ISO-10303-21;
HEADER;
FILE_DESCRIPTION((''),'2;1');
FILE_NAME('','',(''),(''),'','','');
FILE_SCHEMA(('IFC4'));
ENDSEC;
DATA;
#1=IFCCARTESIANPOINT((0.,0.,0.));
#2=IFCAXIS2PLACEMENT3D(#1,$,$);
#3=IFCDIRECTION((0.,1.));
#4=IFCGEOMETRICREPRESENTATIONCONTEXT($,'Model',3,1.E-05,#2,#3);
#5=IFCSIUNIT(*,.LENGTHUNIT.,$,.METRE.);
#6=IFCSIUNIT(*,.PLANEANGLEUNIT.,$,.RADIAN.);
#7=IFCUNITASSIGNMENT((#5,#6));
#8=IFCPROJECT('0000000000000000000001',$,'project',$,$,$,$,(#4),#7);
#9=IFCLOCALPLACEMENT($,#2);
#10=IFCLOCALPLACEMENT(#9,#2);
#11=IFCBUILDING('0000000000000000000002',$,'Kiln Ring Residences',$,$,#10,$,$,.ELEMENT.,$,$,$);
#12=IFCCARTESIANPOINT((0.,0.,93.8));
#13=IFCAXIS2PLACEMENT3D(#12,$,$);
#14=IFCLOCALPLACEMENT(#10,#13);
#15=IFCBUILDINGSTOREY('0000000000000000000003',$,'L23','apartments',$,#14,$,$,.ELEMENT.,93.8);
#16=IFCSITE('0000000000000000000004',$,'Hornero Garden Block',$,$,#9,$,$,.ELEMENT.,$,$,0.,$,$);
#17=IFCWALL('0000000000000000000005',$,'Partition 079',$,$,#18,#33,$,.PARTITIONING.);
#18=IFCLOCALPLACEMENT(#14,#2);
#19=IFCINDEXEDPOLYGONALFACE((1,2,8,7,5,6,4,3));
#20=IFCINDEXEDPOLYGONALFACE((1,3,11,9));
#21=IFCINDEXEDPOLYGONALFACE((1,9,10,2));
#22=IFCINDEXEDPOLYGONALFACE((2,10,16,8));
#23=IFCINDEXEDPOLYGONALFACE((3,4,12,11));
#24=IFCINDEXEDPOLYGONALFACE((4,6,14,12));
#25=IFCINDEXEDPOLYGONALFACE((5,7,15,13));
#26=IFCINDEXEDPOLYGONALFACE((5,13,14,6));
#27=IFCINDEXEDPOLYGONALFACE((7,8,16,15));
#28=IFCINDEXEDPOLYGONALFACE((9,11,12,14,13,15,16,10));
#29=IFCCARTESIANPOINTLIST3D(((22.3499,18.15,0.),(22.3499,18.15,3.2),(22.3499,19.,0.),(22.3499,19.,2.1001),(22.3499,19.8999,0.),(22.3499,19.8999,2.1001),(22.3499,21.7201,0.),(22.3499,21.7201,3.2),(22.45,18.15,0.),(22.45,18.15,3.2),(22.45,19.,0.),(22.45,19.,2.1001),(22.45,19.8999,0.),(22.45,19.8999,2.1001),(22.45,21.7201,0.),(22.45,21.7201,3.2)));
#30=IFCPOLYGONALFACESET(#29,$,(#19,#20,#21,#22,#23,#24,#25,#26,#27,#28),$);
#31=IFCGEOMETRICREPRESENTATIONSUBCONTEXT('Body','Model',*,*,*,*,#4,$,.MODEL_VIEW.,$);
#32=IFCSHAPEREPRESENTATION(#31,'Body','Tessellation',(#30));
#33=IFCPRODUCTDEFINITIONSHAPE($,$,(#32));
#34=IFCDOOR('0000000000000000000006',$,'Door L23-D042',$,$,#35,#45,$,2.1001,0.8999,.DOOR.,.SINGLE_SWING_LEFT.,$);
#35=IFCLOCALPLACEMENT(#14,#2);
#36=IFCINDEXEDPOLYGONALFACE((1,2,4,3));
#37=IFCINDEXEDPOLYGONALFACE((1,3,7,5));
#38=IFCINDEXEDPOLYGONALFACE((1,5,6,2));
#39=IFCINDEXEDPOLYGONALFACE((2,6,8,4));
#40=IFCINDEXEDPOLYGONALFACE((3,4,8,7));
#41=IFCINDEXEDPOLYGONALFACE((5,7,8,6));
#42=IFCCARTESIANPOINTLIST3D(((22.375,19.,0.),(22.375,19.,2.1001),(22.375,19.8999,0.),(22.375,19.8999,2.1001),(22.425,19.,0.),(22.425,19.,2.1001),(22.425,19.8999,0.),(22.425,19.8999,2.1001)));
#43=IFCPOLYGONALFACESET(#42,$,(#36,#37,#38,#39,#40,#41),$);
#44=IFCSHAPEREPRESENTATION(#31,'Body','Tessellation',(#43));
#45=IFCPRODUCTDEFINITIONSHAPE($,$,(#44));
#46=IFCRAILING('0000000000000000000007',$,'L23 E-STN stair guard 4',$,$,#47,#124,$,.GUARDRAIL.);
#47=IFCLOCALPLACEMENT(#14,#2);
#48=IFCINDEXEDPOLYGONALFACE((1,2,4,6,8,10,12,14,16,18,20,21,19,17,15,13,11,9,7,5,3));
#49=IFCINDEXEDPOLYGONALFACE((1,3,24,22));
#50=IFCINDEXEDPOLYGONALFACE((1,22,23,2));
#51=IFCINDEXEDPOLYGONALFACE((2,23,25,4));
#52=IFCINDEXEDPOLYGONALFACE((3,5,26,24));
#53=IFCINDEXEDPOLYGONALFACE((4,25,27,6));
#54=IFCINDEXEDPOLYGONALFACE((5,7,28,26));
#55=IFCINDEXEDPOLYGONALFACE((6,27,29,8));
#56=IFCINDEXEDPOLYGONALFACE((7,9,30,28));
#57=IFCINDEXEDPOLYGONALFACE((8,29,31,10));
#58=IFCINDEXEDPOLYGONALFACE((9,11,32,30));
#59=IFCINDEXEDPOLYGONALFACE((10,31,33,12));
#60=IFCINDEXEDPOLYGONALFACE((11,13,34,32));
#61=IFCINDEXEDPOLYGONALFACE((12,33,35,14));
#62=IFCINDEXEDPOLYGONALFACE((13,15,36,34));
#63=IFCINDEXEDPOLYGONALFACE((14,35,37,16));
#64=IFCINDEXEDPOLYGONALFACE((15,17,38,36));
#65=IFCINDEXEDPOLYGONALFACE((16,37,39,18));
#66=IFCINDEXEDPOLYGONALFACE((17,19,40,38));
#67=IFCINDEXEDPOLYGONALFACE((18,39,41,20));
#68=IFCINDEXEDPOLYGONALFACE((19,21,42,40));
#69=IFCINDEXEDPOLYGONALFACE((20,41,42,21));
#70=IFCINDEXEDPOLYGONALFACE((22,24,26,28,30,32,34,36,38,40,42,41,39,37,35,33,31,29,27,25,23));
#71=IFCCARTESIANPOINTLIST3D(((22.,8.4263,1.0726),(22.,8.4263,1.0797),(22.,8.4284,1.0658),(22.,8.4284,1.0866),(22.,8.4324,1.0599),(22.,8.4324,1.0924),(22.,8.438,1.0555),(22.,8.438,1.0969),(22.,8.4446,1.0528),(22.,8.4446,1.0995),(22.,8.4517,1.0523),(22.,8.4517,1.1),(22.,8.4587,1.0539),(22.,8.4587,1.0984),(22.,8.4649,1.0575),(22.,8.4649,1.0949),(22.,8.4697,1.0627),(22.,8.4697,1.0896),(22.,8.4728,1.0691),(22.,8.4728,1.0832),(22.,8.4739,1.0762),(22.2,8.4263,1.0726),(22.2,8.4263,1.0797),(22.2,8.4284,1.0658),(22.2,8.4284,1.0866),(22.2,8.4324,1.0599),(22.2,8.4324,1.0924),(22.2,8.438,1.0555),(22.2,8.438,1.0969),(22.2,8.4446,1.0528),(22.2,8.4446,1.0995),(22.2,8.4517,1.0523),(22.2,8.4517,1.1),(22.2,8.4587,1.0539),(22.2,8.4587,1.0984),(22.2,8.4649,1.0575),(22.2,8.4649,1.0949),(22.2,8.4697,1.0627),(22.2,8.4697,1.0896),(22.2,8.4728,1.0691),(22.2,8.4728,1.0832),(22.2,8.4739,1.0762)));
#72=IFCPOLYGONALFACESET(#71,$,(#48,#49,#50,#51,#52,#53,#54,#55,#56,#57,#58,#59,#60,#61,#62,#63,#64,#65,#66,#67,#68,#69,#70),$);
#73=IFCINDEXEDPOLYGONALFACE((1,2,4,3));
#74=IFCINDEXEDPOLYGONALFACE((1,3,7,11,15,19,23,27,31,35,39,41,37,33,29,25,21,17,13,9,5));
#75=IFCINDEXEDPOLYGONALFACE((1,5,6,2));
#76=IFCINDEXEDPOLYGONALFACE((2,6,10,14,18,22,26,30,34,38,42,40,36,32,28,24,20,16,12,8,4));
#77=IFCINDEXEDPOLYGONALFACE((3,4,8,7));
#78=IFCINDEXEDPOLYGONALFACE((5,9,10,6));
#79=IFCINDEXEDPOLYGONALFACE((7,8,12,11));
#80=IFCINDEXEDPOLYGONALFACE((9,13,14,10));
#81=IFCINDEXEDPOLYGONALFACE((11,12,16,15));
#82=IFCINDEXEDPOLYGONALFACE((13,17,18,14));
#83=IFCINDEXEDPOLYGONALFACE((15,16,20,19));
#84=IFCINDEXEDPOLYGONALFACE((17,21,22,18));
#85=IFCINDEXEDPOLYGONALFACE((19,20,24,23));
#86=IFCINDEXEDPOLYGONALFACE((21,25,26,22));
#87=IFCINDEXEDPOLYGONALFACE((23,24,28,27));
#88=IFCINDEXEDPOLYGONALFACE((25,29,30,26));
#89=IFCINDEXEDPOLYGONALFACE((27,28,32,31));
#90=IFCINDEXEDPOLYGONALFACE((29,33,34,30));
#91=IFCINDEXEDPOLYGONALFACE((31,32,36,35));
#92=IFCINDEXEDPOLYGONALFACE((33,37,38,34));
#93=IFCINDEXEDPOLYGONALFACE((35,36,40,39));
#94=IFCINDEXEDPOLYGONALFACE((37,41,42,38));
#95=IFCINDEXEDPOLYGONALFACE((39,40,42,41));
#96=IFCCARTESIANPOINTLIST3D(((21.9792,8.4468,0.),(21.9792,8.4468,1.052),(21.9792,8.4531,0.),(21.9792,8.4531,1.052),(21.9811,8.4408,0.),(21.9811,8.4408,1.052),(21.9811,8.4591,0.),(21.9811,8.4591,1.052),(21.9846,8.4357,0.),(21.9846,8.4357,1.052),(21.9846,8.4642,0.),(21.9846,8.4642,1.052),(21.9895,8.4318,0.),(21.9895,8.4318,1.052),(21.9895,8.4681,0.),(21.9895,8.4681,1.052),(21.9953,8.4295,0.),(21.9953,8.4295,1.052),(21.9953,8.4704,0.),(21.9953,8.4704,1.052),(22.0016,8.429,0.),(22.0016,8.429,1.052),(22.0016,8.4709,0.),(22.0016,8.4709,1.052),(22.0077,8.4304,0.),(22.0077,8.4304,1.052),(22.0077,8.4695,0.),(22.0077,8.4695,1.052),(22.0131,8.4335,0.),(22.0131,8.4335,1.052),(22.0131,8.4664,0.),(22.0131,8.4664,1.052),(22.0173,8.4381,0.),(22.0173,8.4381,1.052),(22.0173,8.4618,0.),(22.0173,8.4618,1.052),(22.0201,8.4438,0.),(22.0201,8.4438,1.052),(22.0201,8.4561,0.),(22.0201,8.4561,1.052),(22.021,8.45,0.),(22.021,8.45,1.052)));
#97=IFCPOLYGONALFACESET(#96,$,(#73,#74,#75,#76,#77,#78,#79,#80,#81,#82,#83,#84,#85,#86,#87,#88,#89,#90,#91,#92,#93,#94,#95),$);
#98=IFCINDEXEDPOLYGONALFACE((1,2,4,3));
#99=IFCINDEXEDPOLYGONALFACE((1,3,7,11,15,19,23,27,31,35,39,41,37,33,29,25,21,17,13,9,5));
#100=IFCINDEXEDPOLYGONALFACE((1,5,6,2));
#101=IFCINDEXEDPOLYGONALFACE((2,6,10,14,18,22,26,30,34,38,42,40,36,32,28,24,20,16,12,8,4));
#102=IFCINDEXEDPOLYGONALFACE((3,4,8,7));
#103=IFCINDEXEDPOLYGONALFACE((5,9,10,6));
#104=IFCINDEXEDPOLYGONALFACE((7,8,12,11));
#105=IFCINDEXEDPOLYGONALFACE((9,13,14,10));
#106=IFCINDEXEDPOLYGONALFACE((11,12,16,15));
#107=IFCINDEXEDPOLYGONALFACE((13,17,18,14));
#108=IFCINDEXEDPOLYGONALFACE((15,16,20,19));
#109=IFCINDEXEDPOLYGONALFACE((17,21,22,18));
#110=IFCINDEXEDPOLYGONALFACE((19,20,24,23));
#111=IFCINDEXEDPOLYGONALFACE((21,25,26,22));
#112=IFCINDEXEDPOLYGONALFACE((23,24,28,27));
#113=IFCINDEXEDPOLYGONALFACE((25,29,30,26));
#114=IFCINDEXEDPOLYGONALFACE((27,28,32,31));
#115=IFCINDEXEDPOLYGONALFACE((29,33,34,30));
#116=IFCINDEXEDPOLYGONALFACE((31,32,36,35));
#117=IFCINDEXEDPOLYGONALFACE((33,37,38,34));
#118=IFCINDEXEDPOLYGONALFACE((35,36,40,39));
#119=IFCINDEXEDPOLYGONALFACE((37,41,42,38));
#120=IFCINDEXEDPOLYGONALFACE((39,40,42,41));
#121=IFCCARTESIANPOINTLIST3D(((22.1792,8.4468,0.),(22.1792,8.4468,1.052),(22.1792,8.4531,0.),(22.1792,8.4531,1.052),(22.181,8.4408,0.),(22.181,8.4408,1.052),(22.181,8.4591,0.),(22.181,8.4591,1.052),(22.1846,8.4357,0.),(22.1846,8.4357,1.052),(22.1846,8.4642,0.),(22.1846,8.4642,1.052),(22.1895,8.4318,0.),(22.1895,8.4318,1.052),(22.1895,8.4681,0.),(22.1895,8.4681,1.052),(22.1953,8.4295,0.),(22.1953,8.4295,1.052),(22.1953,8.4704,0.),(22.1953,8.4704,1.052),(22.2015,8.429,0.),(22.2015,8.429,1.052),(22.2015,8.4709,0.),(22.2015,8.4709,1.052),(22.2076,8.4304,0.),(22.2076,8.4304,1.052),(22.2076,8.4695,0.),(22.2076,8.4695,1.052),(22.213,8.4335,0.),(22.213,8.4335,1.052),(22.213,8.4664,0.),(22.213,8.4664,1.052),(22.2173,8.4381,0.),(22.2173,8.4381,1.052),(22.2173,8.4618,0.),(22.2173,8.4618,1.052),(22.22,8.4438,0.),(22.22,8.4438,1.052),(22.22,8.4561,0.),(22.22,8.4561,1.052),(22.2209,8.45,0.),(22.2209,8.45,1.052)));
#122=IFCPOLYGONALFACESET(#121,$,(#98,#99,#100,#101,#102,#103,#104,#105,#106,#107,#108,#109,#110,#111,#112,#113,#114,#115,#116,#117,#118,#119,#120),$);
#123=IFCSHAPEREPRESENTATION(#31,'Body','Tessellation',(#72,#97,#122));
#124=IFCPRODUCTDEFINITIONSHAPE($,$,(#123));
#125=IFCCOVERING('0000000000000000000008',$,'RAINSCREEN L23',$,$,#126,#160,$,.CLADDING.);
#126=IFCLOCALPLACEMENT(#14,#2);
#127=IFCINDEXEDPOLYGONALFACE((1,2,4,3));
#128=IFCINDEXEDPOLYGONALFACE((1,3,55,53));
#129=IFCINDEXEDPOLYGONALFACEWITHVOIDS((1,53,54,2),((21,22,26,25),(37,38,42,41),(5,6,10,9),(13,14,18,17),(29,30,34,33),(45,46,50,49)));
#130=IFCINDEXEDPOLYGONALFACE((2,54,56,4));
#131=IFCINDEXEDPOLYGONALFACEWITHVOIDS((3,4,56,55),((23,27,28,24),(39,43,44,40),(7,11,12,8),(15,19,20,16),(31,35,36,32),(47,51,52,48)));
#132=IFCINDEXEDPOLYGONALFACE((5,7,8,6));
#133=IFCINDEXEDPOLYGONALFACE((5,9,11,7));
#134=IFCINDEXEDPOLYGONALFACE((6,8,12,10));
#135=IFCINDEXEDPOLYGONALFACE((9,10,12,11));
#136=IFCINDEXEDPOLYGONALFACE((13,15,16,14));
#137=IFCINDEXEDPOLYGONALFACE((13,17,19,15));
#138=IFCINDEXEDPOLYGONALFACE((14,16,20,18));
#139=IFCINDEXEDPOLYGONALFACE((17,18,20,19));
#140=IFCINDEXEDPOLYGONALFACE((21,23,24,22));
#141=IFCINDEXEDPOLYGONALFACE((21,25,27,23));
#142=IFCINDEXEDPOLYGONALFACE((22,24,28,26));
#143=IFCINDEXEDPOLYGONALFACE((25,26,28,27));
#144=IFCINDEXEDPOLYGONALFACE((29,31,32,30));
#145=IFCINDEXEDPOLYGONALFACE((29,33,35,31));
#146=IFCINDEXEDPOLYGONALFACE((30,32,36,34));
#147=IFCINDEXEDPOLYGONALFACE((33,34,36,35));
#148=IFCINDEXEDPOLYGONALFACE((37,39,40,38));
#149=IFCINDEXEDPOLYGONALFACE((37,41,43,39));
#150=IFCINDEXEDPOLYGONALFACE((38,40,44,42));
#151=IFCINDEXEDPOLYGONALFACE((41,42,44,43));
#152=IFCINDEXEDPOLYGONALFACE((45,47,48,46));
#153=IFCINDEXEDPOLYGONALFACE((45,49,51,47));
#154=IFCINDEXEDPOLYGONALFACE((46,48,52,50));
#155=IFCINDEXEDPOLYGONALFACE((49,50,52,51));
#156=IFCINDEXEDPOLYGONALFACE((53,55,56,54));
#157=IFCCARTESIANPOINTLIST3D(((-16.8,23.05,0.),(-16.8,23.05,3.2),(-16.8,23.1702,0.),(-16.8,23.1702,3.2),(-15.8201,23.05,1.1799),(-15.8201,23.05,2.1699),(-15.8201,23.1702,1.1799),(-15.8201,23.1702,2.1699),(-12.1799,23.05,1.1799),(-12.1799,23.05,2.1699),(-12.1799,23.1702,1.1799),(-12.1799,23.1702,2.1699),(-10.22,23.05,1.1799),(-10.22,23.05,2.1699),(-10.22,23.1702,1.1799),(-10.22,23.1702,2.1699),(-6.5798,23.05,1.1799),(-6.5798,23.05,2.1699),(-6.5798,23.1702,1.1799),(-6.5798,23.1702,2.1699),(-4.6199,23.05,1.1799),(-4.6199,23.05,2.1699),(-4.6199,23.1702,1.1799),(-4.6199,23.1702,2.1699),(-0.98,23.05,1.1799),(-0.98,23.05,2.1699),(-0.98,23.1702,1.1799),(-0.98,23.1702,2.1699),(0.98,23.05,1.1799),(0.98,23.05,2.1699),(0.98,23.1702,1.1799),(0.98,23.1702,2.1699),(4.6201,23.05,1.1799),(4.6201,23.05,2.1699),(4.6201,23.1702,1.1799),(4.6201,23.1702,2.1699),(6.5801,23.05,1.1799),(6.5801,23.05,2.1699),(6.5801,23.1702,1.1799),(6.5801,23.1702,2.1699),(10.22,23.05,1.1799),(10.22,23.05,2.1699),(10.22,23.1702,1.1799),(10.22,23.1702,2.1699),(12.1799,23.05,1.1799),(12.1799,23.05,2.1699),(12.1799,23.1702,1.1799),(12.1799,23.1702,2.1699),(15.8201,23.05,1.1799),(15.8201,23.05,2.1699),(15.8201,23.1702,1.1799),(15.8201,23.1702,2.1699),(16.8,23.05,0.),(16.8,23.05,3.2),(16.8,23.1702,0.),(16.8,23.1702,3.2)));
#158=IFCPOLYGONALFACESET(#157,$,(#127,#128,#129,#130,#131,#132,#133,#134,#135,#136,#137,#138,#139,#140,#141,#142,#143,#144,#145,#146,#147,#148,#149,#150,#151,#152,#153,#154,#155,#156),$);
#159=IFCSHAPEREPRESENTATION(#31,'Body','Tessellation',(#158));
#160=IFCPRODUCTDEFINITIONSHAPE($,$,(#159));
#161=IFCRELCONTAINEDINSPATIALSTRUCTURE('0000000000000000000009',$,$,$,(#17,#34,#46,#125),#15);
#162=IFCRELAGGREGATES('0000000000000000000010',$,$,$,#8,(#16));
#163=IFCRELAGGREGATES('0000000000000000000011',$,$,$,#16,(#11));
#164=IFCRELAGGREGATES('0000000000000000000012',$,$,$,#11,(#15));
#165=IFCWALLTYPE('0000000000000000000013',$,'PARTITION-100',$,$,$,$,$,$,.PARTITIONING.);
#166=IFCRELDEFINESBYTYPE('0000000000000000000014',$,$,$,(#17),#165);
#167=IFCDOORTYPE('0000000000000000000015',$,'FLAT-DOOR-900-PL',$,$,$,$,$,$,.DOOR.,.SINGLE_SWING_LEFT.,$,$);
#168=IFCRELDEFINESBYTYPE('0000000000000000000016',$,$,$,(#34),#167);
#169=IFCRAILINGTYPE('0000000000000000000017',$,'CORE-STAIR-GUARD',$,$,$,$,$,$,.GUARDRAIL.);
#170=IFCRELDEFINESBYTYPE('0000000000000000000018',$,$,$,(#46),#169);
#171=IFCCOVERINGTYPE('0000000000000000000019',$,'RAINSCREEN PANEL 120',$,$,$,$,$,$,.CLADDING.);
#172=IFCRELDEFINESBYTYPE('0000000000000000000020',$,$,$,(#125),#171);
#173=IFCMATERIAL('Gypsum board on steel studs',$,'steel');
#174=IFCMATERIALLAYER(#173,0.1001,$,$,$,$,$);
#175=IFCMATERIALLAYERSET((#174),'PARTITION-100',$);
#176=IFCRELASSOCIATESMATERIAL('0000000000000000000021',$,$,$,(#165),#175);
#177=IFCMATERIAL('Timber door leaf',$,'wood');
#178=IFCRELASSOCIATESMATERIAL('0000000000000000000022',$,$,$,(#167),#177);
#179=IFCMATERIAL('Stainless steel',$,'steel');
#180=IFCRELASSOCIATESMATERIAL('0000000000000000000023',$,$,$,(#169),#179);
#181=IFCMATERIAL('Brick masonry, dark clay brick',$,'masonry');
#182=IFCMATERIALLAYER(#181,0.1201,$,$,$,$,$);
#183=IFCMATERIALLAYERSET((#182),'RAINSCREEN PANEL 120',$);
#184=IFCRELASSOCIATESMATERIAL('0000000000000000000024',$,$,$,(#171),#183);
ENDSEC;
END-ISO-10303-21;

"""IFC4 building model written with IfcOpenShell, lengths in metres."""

from ifc_helpers import new_model, si_unit, direction, frame, frame_2d, origin, origin_2d, place, context, subcontext, project, spatial, polyline, rectangle, circle, outline, extrude, material, layer, layer_set, type_object, element, fill, save


model = new_model("IFC4")

# Units and contexts
model_context = context("Model", 3, precision=1e-05, world=origin(), true_north=direction((0.0, 1.0)))
body_context = subcontext(model_context, "Body", "Model", "MODEL_VIEW")
ifc_project = project(units=[si_unit("LENGTHUNIT", "METRE"), si_unit("PLANEANGLEUNIT", "RADIAN")], contexts=[model_context])

# Site, building, storey
site_placement = place(None, origin())
site = spatial("IfcSite", under=ifc_project, at=site_placement, Name="Hornero Garden Block", CompositionType="ELEMENT", RefElevation=0.0)
building_placement = place(site_placement, origin())
building = spatial("IfcBuilding", under=site, at=building_placement, Name="Kiln Ring Residences", CompositionType="ELEMENT")
storey_placement = place(building_placement, frame((0.0, 0.0, 93.8)))
storey = spatial("IfcBuildingStorey", under=building, at=storey_placement, Name="L23", Description="apartments", CompositionType="ELEMENT", Elevation=93.8)

# Shared definitions
ifc_material_1 = material(Name="Gypsum board on steel studs", Category="steel")
ifc_layer_1 = layer(ifc_material_1, 0.1001)
ifc_layer_set_1 = layer_set([ifc_layer_1], Name="PARTITION-100")
wall_type_1 = type_object("IfcWallType", Name="PARTITION-100", PredefinedType="PARTITIONING", material=ifc_layer_set_1)

# Wall, opening, door
wall_1_placement = place(storey_placement, frame((22.3999, 18.1499, 0.0), z_axis=(0.0, 0.0, 1.0), x_axis=(0.0, 1.0, 0.0)))
wall_1 = element("IfcWall", 1, at=wall_1_placement, inside=storey, type_object=wall_type_1, Name="Partition 079", PredefinedType="PARTITIONING", context=body_context, shape_type="SweptSolid", body=[
    extrude(rectangle(XDim=3.5701, YDim=0.1001, at=frame_2d((1.7852, 0.0))), origin(), (0.0, 0.0, 1.0), 3.2),
])
opening_1_placement = place(wall_1_placement, frame((0.8501, 0.0, 0.0)))
opening_1 = element("IfcOpeningElement", 2, at=opening_1_placement, cuts=wall_1, PredefinedType="OPENING", context=body_context, shape_type="SweptSolid", body=[
    extrude(rectangle(XDim=0.8999, YDim=2.1001, at=frame_2d((0.45, 1.05))), frame((0.0, 0.0601, 0.0), z_axis=(0.0, -1.0, 0.0), x_axis=(1.0, 0.0, 0.0)), (0.0, 0.0, 1.0), 0.1201),
])
ifc_material_2 = material(Name="Timber door leaf", Category="wood")
door_type_1 = type_object("IfcDoorType", Name="FLAT-DOOR-900-PL", OperationType="SINGLE_SWING_LEFT", PredefinedType="DOOR", material=ifc_material_2)
door_1_placement = place(opening_1_placement, origin())
door_1 = element("IfcDoor", 3, at=door_1_placement, inside=storey, type_object=door_type_1, Name="Door L23-D042", OperationType="SINGLE_SWING_LEFT", OverallHeight=2.1001, OverallWidth=0.8999, PredefinedType="DOOR", context=body_context, shape_type="SweptSolid", body=[
    extrude(rectangle(XDim=0.8999, YDim=2.1001, at=frame_2d((0.45, 1.05))), frame((0.0, 0.0249, 0.0), z_axis=(0.0, -1.0, 0.0), x_axis=(1.0, 0.0, 0.0)), (0.0, 0.0, 1.0), 0.05),
])
fill(opening_1, door_1)

# Railing
ifc_material_3 = material(Name="Stainless steel", Category="steel")
railing_type = type_object("IfcRailingType", Name="CORE-STAIR-GUARD", PredefinedType="GUARDRAIL", material=ifc_material_3)
railing_placement = place(storey_placement, frame((22.0, 8.45, 0.0)))
element("IfcRailing", 4, at=railing_placement, inside=storey, type_object=railing_type, Name="L23 E-STN stair guard 4", PredefinedType="GUARDRAIL", context=body_context, shape_type="SweptSolid", body=[
    extrude(circle(Radius=0.0239, at=origin_2d()), frame((0.0, 0.0, 1.0762), z_axis=(1.0, 0.0, 0.0), x_axis=(0.0, 1.0, 0.0)), (0.0, 0.0, 1.0), 0.2),
    extrude(circle(Radius=0.021, at=origin_2d()), origin(), (0.0, 0.0, 1.0), 1.052),
    extrude(circle(Radius=0.021, at=origin_2d()), frame((0.2, 0.0, 0.0)), (0.0, 0.0, 1.0), 1.052),
])

# Covering
ifc_material_4 = material(Name="Brick masonry, dark clay brick", Category="masonry")
ifc_layer_2 = layer(ifc_material_4, 0.1201)
ifc_layer_set_2 = layer_set([ifc_layer_2], Name="RAINSCREEN PANEL 120")
covering_type = type_object("IfcCoveringType", Name="RAINSCREEN PANEL 120", PredefinedType="CLADDING", material=ifc_layer_set_2)
covering_placement = place(storey_placement, frame((16.8, 23.1101, 0.0), z_axis=(0.0, 0.0, 1.0), x_axis=(-1.0, 0.0, 0.0)))
element("IfcCovering", 5, at=covering_placement, inside=storey, type_object=covering_type, Name="RAINSCREEN L23", PredefinedType="CLADDING", context=body_context, shape_type="SweptSolid", body=[
    extrude(outline(polyline([(0.0, 0.0), (33.6001, 0.0), (33.6001, 3.2), (0.0, 3.2), (0.0, 0.0)]), holes=[polyline([(4.6201, 1.1799), (4.6201, 2.1699), (0.98, 2.1699), (0.98, 1.1799), (4.6201, 1.1799)]), polyline([(6.5801, 1.1799), (10.22, 1.1799), (10.22, 2.1699), (6.5801, 2.1699), (6.5801, 1.1799)]), polyline([(12.1799, 1.1799), (15.8201, 1.1799), (15.8201, 2.1699), (12.1799, 2.1699), (12.1799, 1.1799)]), polyline([(21.4199, 1.1799), (21.4199, 2.1699), (17.78, 2.1699), (17.78, 1.1799), (21.4199, 1.1799)]), polyline([(23.3799, 1.1799), (27.02, 1.1799), (27.02, 2.1699), (23.3799, 2.1699), (23.3799, 1.1799)]), polyline([(28.98, 1.1799), (32.6201, 1.1799), (32.6201, 2.1699), (28.98, 2.1699), (28.98, 1.1799)])]), frame((0.0, 0.0601, 0.0), z_axis=(0.0, -1.0, 0.0), x_axis=(1.0, 0.0, 0.0)), (0.0, 0.0, 1.0), 0.1201),
])

save(model, "model.ifc")
